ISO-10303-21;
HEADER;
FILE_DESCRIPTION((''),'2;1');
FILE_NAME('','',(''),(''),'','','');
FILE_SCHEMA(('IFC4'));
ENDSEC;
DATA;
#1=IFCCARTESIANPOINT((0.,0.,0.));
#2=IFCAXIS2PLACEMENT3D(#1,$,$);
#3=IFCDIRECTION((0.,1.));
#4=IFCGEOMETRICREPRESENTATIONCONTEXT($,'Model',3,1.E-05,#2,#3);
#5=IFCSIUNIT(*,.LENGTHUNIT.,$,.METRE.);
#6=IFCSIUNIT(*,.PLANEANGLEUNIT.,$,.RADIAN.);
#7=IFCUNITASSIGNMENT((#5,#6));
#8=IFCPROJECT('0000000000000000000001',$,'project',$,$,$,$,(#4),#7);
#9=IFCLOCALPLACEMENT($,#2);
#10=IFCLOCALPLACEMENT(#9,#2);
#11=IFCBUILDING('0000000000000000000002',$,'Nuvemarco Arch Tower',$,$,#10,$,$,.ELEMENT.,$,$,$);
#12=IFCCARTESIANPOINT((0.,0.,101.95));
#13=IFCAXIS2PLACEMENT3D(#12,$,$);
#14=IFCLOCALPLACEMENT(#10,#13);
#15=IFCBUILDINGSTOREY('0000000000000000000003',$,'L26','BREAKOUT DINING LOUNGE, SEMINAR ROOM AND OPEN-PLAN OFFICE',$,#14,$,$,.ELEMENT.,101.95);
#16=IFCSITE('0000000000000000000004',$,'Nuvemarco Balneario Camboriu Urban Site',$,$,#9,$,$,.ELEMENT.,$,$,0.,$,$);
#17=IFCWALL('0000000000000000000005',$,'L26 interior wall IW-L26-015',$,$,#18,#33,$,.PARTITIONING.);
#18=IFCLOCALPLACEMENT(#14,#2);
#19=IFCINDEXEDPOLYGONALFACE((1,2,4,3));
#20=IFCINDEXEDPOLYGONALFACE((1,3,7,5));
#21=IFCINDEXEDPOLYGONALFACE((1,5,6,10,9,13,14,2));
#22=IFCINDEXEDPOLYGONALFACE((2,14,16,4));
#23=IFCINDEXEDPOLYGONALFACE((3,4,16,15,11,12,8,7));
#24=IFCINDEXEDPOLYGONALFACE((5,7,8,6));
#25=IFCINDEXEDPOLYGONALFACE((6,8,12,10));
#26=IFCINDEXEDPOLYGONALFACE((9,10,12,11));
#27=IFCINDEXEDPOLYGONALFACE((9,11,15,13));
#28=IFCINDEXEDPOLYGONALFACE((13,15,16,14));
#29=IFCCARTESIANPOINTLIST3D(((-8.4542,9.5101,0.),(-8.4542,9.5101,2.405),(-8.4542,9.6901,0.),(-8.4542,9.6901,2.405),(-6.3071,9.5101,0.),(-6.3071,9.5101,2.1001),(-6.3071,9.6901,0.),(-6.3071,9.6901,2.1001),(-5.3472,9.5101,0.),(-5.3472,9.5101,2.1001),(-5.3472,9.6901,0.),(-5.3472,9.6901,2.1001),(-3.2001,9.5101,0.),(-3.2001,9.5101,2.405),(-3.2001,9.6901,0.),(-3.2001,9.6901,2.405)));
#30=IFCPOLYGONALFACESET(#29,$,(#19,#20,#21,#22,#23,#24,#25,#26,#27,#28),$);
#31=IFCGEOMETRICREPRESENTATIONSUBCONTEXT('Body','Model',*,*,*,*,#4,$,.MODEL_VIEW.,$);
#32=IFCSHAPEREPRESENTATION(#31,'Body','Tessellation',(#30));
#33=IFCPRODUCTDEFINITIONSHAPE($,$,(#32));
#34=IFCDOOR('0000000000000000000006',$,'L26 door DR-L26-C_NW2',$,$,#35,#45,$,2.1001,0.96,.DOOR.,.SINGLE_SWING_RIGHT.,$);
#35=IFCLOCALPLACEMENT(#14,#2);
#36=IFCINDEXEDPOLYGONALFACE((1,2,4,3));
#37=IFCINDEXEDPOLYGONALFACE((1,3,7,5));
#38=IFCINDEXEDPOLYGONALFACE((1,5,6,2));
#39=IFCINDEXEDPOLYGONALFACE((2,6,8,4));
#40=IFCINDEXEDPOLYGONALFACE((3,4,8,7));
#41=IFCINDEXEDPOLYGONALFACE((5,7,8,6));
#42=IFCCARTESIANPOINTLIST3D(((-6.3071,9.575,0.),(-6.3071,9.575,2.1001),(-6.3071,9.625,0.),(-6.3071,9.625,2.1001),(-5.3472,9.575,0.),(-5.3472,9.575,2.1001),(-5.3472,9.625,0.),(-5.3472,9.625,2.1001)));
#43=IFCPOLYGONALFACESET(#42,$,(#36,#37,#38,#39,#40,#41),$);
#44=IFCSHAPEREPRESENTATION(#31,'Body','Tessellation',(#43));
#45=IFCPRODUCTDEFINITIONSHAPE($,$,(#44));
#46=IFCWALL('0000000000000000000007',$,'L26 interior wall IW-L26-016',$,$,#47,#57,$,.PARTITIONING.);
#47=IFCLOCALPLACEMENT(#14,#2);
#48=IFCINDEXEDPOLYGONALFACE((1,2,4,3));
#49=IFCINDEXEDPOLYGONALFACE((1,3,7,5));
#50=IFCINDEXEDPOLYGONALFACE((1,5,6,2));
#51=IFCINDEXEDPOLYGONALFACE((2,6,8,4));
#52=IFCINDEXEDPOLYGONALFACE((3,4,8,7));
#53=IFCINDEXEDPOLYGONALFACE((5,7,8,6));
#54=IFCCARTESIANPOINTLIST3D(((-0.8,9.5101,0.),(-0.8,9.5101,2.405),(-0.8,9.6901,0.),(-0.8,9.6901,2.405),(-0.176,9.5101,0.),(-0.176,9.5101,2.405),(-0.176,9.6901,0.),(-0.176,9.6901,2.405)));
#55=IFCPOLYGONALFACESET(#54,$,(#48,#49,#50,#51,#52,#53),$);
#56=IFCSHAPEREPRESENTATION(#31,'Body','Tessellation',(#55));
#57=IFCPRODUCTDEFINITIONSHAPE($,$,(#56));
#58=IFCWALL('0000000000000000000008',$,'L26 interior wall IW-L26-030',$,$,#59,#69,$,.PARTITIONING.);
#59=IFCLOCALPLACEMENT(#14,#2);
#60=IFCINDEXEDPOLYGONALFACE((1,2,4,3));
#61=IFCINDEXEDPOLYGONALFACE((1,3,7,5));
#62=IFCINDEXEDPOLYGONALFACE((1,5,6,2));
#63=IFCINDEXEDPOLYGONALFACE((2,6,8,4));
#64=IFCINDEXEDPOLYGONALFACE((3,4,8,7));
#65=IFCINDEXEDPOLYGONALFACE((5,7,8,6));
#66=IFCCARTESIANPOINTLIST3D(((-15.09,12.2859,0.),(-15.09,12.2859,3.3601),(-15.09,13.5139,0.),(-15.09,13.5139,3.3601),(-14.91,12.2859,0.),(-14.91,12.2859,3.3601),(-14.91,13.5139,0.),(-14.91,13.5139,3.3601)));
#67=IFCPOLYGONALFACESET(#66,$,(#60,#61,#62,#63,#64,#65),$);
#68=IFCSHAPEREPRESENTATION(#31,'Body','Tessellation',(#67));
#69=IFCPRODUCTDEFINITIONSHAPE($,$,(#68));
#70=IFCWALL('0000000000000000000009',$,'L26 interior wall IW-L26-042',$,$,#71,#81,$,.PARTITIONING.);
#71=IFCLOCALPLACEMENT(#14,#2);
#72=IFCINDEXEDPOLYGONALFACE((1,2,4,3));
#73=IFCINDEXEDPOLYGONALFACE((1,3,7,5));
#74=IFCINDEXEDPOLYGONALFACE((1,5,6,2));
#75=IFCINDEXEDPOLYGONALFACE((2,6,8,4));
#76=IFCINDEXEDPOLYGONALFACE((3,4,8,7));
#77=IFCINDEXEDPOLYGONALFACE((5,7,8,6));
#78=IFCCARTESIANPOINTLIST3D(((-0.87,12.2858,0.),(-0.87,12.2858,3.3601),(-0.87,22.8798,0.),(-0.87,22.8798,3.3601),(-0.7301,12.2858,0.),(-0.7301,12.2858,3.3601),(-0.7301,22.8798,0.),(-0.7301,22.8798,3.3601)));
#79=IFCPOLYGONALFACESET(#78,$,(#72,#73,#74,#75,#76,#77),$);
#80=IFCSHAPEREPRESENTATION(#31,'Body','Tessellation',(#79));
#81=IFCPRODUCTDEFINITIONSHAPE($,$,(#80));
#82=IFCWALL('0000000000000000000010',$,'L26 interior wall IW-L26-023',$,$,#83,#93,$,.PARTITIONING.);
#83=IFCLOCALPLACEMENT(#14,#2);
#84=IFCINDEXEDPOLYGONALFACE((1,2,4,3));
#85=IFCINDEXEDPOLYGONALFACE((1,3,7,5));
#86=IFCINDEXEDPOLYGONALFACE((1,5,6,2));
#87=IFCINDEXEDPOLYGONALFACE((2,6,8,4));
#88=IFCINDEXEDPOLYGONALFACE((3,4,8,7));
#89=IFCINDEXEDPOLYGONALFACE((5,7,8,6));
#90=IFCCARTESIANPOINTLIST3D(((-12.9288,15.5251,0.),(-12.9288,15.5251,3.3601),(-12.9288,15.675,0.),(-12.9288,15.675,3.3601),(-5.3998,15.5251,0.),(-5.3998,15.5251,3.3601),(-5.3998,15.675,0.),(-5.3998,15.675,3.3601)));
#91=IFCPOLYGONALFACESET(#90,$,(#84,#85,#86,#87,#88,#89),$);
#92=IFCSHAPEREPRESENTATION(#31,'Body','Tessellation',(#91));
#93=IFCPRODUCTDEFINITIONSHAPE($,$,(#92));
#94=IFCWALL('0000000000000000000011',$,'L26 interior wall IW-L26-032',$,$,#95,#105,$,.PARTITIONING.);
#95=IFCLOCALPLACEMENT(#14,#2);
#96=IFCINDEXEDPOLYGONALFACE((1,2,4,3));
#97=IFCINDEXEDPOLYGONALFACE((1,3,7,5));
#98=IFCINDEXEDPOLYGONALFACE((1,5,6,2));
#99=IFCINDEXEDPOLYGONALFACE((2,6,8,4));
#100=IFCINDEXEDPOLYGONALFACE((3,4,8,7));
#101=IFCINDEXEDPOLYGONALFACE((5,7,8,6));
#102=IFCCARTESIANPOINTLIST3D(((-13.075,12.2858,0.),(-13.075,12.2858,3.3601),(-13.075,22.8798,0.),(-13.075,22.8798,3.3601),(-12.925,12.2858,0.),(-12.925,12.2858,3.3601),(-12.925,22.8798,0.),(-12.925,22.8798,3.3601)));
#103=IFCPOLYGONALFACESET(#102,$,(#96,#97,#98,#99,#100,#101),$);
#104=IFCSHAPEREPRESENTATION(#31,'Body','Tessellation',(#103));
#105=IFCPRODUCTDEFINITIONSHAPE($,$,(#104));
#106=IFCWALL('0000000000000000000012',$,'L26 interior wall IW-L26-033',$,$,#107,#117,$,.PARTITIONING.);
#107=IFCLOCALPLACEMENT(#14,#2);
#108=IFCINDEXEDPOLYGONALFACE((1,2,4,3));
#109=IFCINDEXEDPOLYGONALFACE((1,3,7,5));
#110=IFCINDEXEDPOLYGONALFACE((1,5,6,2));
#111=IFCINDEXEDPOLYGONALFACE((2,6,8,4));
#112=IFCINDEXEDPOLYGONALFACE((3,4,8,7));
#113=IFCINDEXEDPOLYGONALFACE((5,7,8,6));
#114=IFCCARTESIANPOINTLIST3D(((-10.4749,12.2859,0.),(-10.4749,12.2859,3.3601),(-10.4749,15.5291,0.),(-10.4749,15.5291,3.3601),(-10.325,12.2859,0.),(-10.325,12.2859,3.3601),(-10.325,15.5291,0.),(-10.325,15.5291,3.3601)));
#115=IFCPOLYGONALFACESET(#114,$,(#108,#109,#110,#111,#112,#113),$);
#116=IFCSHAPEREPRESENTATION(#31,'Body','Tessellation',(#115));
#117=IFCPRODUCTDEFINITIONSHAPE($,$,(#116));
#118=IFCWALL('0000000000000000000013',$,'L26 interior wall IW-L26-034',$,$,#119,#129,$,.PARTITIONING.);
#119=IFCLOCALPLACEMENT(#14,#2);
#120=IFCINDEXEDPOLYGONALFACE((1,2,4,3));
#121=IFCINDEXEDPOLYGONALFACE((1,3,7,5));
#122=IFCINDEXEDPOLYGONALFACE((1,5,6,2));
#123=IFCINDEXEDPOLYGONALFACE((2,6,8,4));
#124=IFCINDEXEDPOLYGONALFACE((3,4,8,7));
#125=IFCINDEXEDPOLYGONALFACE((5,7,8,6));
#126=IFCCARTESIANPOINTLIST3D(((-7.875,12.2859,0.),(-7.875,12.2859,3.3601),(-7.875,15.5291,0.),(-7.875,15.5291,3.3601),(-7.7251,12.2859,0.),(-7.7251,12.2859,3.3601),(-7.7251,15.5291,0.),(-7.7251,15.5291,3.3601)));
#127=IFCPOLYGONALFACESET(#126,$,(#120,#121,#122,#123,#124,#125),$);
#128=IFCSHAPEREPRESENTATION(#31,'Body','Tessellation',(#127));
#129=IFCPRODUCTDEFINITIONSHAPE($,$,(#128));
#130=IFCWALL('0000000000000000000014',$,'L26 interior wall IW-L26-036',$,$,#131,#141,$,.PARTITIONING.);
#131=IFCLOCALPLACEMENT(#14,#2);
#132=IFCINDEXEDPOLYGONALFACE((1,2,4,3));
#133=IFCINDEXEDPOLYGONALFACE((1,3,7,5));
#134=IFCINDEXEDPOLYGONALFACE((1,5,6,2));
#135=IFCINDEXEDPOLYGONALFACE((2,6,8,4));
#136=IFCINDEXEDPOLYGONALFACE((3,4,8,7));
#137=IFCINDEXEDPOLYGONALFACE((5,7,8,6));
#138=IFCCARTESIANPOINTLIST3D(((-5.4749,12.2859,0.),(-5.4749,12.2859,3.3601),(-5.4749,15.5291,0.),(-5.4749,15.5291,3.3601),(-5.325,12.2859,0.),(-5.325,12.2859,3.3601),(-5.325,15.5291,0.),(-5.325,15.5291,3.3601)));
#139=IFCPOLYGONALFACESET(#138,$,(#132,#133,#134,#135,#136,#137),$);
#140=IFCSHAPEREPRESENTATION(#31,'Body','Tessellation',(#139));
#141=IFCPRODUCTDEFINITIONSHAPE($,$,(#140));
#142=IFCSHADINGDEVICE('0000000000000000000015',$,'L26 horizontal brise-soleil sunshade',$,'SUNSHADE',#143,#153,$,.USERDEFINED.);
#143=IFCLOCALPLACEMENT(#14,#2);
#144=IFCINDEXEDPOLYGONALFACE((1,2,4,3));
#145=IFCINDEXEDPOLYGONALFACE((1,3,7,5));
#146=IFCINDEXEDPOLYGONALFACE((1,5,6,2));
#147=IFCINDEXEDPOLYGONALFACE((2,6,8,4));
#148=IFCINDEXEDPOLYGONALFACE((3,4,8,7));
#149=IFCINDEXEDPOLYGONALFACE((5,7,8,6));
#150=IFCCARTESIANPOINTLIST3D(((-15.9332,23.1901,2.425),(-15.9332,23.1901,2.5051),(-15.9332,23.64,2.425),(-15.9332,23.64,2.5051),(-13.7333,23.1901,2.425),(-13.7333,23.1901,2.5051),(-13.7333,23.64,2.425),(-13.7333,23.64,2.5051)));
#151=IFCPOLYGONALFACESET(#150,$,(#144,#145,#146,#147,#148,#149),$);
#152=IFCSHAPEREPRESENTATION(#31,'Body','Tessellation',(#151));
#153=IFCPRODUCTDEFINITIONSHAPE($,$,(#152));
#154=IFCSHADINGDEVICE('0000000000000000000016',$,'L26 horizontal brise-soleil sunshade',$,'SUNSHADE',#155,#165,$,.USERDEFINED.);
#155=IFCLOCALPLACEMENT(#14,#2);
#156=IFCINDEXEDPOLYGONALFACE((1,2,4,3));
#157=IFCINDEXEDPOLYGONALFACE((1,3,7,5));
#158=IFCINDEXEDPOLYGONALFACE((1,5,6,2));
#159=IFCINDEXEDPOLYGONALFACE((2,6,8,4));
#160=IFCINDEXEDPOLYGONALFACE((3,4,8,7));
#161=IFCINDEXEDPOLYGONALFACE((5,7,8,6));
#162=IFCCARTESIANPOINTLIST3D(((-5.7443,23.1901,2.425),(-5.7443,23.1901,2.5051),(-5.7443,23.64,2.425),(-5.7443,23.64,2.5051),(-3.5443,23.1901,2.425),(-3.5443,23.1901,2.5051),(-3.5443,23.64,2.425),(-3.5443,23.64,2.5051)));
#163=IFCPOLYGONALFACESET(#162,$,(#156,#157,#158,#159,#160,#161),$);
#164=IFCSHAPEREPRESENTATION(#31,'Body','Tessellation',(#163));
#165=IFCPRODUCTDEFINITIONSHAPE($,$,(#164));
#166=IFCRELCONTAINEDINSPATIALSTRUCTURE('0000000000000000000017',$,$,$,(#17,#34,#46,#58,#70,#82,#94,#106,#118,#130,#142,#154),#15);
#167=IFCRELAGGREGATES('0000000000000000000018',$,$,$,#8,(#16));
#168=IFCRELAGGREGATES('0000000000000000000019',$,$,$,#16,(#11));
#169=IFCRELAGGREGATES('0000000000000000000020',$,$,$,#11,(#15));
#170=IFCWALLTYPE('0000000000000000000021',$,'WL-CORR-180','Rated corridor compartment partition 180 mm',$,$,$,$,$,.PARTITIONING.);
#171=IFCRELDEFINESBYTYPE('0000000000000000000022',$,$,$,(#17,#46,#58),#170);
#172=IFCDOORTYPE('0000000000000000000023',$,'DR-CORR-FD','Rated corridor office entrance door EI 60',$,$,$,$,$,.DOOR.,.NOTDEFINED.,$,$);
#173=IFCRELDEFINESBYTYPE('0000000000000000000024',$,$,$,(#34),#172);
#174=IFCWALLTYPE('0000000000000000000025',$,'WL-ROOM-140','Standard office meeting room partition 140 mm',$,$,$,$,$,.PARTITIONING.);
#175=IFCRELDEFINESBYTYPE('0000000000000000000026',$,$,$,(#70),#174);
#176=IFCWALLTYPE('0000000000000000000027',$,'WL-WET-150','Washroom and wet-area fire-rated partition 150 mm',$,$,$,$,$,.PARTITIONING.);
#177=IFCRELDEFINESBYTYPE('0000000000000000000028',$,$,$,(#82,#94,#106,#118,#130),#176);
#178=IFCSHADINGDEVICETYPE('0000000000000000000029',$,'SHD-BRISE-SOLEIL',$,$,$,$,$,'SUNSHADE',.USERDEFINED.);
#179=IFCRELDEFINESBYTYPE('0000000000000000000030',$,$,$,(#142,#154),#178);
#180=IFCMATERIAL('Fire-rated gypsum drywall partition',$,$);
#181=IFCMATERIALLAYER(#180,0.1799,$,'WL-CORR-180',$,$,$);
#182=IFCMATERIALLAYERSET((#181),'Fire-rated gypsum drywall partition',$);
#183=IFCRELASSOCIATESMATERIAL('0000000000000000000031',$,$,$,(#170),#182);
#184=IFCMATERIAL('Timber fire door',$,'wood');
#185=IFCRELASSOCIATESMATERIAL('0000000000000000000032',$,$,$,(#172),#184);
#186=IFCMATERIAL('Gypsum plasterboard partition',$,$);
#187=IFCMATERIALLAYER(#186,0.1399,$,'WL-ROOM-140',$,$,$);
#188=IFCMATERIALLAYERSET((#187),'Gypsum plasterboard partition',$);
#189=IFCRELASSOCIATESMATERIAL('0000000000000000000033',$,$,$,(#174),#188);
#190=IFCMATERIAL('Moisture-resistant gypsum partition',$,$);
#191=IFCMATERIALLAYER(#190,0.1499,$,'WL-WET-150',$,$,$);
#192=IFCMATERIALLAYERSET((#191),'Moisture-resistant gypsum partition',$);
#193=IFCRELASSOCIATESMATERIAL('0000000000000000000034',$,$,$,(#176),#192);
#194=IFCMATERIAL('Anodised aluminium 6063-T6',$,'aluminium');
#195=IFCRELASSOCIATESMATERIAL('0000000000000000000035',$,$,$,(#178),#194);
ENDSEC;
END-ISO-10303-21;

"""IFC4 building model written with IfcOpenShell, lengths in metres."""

from ifc_helpers import new_model, si_unit, direction, frame, frame_2d, origin, origin_2d, place, context, subcontext, project, spatial, rectangle, extrude, source, transform, mapped, material, layer, layer_set, type_object, type_shapes, element, fill, save


model = new_model("IFC4")

# Units and contexts
model_context = context("Model", 3, precision=1e-05, world=origin(), true_north=direction((0.0, 1.0)))
body_context = subcontext(model_context, "Body", "Model", "MODEL_VIEW")
ifc_project = project(units=[si_unit("LENGTHUNIT", "METRE"), si_unit("PLANEANGLEUNIT", "RADIAN")], contexts=[model_context])

# Site, building, storey
site_placement = place(None, origin())
site = spatial("IfcSite", under=ifc_project, at=site_placement, Name="Nuvemarco Balneario Camboriu Urban Site", CompositionType="ELEMENT", RefElevation=0.0)
building_placement = place(site_placement, origin())
building = spatial("IfcBuilding", under=site, at=building_placement, Name="Nuvemarco Arch Tower", CompositionType="ELEMENT")
storey_placement = place(building_placement, frame((0.0, 0.0, 101.95)))
storey = spatial("IfcBuildingStorey", under=building, at=storey_placement, Name="L26", Description="BREAKOUT DINING LOUNGE, SEMINAR ROOM AND OPEN-PLAN OFFICE", CompositionType="ELEMENT", Elevation=101.95)

# Wall, opening, door
ifc_material_1 = material(Name="Fire-rated gypsum drywall partition")
ifc_layer_1 = layer(ifc_material_1, 0.1799, Name="WL-CORR-180")
ifc_layer_set_1 = layer_set([ifc_layer_1], Name="Fire-rated gypsum drywall partition")
wall_type_1 = type_object("IfcWallType", Name="WL-CORR-180", Description="Rated corridor compartment partition 180 mm", PredefinedType="PARTITIONING", material=ifc_layer_set_1)
wall_1_placement = place(storey_placement, frame((-8.4541, 9.6001, 0.0), z_axis=(0.0, 0.0, 1.0), x_axis=(1.0, 0.0, 0.0)))
wall_1 = element("IfcWall", 1, at=wall_1_placement, inside=storey, type_object=wall_type_1, Name="L26 interior wall IW-L26-015", PredefinedType="PARTITIONING", context=body_context, shape_type="SweptSolid", body=[
    extrude(rectangle(XDim=5.2542, YDim=0.1799, at=frame_2d((2.627, 0.0))), origin(), (0.0, 0.0, 1.0), 2.405),
])
opening_placement = place(wall_1_placement, frame((2.147, 0.0, 0.0)))
opening = element("IfcOpeningElement", 2, at=opening_placement, cuts=wall_1, PredefinedType="OPENING", context=body_context, shape_type="SweptSolid", body=[
    extrude(rectangle(XDim=0.96, YDim=2.1001, at=frame_2d((0.48, 1.05))), frame((0.0, 0.0999, 0.0), z_axis=(0.0, -1.0, 0.0), x_axis=(1.0, 0.0, 0.0)), (0.0, 0.0, 1.0), 0.2),
])
ifc_material_2 = material(Name="Timber fire door", Category="wood")
door_type = type_object("IfcDoorType", Name="DR-CORR-FD", Description="Rated corridor office entrance door EI 60", OperationType="NOTDEFINED", PredefinedType="DOOR", material=ifc_material_2)
shared_shape_1 = source(origin(), body_context, "Body", "SweptSolid", [
    extrude(rectangle(XDim=0.96, YDim=2.1001, at=frame_2d((0.48, 1.05))), frame((0.0, 0.0249, 0.0), z_axis=(0.0, -1.0, 0.0), x_axis=(1.0, 0.0, 0.0)), (0.0, 0.0, 1.0), 0.05),
])
type_shapes(door_type, [shared_shape_1])
door_placement = place(opening_placement, origin())
door = element("IfcDoor", 3, at=door_placement, inside=storey, type_object=door_type, Name="L26 door DR-L26-C_NW2", OperationType="SINGLE_SWING_RIGHT", OverallHeight=2.1001, OverallWidth=0.96, PredefinedType="DOOR", context=body_context, shape_type="MappedRepresentation", body=[
    mapped(shared_shape_1, transform((0.0, 0.0, 0.0), scale=1.0)),
])
fill(opening, door)

# Walls
wall_2_placement = place(storey_placement, frame((-0.8, 9.6001, 0.0), z_axis=(0.0, 0.0, 1.0), x_axis=(1.0, 0.0, 0.0)))
element("IfcWall", 4, at=wall_2_placement, inside=storey, type_object=wall_type_1, Name="L26 interior wall IW-L26-016", PredefinedType="PARTITIONING", context=body_context, shape_type="SweptSolid", body=[
    extrude(rectangle(XDim=0.624, YDim=0.1799, at=frame_2d((0.312, 0.0))), origin(), (0.0, 0.0, 1.0), 2.405),
])
wall_3_placement = place(storey_placement, frame((-15.0, 12.2859, 0.0), z_axis=(0.0, 0.0, 1.0), x_axis=(0.0, 1.0, 0.0)))
element("IfcWall", 5, at=wall_3_placement, inside=storey, type_object=wall_type_1, Name="L26 interior wall IW-L26-030", PredefinedType="PARTITIONING", context=body_context, shape_type="SweptSolid", body=[
    extrude(rectangle(XDim=1.228, YDim=0.1799, at=frame_2d((0.614, 0.0))), origin(), (0.0, 0.0, 1.0), 3.3601),
])
ifc_material_3 = material(Name="Gypsum plasterboard partition")
ifc_layer_2 = layer(ifc_material_3, 0.1399, Name="WL-ROOM-140")
ifc_layer_set_2 = layer_set([ifc_layer_2], Name="Gypsum plasterboard partition")
wall_type_2 = type_object("IfcWallType", Name="WL-ROOM-140", Description="Standard office meeting room partition 140 mm", PredefinedType="PARTITIONING", material=ifc_layer_set_2)
wall_4_placement = place(storey_placement, frame((-0.8, 12.2859, 0.0), z_axis=(0.0, 0.0, 1.0), x_axis=(0.0, 1.0, 0.0)))
element("IfcWall", 6, at=wall_4_placement, inside=storey, type_object=wall_type_2, Name="L26 interior wall IW-L26-042", PredefinedType="PARTITIONING", context=body_context, shape_type="SweptSolid", body=[
    extrude(rectangle(XDim=10.594, YDim=0.1399, at=frame_2d((5.2969, 0.0))), origin(), (0.0, 0.0, 1.0), 3.3601),
])
ifc_material_4 = material(Name="Moisture-resistant gypsum partition")
ifc_layer_3 = layer(ifc_material_4, 0.1499, Name="WL-WET-150")
ifc_layer_set_3 = layer_set([ifc_layer_3], Name="Moisture-resistant gypsum partition")
wall_type_3 = type_object("IfcWallType", Name="WL-WET-150", Description="Washroom and wet-area fire-rated partition 150 mm", PredefinedType="PARTITIONING", material=ifc_layer_set_3)
wall_5_placement = place(storey_placement, frame((-12.929, 15.6001, 0.0), z_axis=(0.0, 0.0, 1.0), x_axis=(1.0, 0.0, 0.0)))
element("IfcWall", 7, at=wall_5_placement, inside=storey, type_object=wall_type_3, Name="L26 interior wall IW-L26-023", PredefinedType="PARTITIONING", context=body_context, shape_type="SweptSolid", body=[
    extrude(rectangle(XDim=7.5291, YDim=0.1499, at=frame_2d((3.7646, 0.0))), origin(), (0.0, 0.0, 1.0), 3.3601),
])
wall_6_placement = place(storey_placement, frame((-13.0, 12.2859, 0.0), z_axis=(0.0, 0.0, 1.0), x_axis=(0.0, 1.0, 0.0)))
element("IfcWall", 8, at=wall_6_placement, inside=storey, type_object=wall_type_3, Name="L26 interior wall IW-L26-032", PredefinedType="PARTITIONING", context=body_context, shape_type="SweptSolid", body=[
    extrude(rectangle(XDim=10.594, YDim=0.1499, at=frame_2d((5.2969, 0.0))), origin(), (0.0, 0.0, 1.0), 3.3601),
])
for number, where, z_axis, x_axis, name in (
    (9, (-10.3999, 12.2859, 0.0), (0.0, 0.0, 1.0), (0.0, 1.0, 0.0), "L26 interior wall IW-L26-033"),
    (10, (-7.8, 12.2859, 0.0), (0.0, 0.0, 1.0), (0.0, 1.0, 0.0), "L26 interior wall IW-L26-034"),
    (11, (-5.3999, 12.2859, 0.0), (0.0, 0.0, 1.0), (0.0, 1.0, 0.0), "L26 interior wall IW-L26-036"),
):
    element("IfcWall", number, at=place(storey_placement, frame(where, z_axis=z_axis, x_axis=x_axis)), inside=storey, type_object=wall_type_3, Name=name, PredefinedType="PARTITIONING", context=body_context, shape_type="SweptSolid", body=[
        extrude(rectangle(XDim=3.2432, YDim=0.1499, at=frame_2d((1.6216, 0.0))), origin(), (0.0, 0.0, 1.0), 3.3601),
    ])

# Shading devices
ifc_material_5 = material(Name="Anodised aluminium 6063-T6", Category="aluminium")
shading_device_type = type_object("IfcShadingDeviceType", Name="SHD-BRISE-SOLEIL", ElementType="SUNSHADE", PredefinedType="USERDEFINED", material=ifc_material_5)
shared_shape_2 = source(origin(), body_context, "Body", "SweptSolid", [
    extrude(rectangle(XDim=2.2, YDim=0.45, at=origin_2d()), origin(), (0.0, 0.0, 1.0), 0.0801),
])
type_shapes(shading_device_type, [shared_shape_2])
for number, where, z_axis, x_axis, name in (
    (12, (-14.8333, 23.415, 2.425), (0.0, 0.0, 1.0), (1.0, 0.0, 0.0), "L26 horizontal brise-soleil sunshade"),
    (13, (-4.6443, 23.415, 2.425), (0.0, 0.0, 1.0), (1.0, 0.0, 0.0), "L26 horizontal brise-soleil sunshade"),
):
    element("IfcShadingDevice", number, at=place(storey_placement, frame(where, z_axis=z_axis, x_axis=x_axis)), inside=storey, type_object=shading_device_type, Name=name, ObjectType="SUNSHADE", PredefinedType="USERDEFINED", context=body_context, shape_type="MappedRepresentation", body=[
        mapped(shared_shape_2, transform((0.0, 0.0, 0.0), scale=1.0)),
    ])

save(model, "model.ifc")
